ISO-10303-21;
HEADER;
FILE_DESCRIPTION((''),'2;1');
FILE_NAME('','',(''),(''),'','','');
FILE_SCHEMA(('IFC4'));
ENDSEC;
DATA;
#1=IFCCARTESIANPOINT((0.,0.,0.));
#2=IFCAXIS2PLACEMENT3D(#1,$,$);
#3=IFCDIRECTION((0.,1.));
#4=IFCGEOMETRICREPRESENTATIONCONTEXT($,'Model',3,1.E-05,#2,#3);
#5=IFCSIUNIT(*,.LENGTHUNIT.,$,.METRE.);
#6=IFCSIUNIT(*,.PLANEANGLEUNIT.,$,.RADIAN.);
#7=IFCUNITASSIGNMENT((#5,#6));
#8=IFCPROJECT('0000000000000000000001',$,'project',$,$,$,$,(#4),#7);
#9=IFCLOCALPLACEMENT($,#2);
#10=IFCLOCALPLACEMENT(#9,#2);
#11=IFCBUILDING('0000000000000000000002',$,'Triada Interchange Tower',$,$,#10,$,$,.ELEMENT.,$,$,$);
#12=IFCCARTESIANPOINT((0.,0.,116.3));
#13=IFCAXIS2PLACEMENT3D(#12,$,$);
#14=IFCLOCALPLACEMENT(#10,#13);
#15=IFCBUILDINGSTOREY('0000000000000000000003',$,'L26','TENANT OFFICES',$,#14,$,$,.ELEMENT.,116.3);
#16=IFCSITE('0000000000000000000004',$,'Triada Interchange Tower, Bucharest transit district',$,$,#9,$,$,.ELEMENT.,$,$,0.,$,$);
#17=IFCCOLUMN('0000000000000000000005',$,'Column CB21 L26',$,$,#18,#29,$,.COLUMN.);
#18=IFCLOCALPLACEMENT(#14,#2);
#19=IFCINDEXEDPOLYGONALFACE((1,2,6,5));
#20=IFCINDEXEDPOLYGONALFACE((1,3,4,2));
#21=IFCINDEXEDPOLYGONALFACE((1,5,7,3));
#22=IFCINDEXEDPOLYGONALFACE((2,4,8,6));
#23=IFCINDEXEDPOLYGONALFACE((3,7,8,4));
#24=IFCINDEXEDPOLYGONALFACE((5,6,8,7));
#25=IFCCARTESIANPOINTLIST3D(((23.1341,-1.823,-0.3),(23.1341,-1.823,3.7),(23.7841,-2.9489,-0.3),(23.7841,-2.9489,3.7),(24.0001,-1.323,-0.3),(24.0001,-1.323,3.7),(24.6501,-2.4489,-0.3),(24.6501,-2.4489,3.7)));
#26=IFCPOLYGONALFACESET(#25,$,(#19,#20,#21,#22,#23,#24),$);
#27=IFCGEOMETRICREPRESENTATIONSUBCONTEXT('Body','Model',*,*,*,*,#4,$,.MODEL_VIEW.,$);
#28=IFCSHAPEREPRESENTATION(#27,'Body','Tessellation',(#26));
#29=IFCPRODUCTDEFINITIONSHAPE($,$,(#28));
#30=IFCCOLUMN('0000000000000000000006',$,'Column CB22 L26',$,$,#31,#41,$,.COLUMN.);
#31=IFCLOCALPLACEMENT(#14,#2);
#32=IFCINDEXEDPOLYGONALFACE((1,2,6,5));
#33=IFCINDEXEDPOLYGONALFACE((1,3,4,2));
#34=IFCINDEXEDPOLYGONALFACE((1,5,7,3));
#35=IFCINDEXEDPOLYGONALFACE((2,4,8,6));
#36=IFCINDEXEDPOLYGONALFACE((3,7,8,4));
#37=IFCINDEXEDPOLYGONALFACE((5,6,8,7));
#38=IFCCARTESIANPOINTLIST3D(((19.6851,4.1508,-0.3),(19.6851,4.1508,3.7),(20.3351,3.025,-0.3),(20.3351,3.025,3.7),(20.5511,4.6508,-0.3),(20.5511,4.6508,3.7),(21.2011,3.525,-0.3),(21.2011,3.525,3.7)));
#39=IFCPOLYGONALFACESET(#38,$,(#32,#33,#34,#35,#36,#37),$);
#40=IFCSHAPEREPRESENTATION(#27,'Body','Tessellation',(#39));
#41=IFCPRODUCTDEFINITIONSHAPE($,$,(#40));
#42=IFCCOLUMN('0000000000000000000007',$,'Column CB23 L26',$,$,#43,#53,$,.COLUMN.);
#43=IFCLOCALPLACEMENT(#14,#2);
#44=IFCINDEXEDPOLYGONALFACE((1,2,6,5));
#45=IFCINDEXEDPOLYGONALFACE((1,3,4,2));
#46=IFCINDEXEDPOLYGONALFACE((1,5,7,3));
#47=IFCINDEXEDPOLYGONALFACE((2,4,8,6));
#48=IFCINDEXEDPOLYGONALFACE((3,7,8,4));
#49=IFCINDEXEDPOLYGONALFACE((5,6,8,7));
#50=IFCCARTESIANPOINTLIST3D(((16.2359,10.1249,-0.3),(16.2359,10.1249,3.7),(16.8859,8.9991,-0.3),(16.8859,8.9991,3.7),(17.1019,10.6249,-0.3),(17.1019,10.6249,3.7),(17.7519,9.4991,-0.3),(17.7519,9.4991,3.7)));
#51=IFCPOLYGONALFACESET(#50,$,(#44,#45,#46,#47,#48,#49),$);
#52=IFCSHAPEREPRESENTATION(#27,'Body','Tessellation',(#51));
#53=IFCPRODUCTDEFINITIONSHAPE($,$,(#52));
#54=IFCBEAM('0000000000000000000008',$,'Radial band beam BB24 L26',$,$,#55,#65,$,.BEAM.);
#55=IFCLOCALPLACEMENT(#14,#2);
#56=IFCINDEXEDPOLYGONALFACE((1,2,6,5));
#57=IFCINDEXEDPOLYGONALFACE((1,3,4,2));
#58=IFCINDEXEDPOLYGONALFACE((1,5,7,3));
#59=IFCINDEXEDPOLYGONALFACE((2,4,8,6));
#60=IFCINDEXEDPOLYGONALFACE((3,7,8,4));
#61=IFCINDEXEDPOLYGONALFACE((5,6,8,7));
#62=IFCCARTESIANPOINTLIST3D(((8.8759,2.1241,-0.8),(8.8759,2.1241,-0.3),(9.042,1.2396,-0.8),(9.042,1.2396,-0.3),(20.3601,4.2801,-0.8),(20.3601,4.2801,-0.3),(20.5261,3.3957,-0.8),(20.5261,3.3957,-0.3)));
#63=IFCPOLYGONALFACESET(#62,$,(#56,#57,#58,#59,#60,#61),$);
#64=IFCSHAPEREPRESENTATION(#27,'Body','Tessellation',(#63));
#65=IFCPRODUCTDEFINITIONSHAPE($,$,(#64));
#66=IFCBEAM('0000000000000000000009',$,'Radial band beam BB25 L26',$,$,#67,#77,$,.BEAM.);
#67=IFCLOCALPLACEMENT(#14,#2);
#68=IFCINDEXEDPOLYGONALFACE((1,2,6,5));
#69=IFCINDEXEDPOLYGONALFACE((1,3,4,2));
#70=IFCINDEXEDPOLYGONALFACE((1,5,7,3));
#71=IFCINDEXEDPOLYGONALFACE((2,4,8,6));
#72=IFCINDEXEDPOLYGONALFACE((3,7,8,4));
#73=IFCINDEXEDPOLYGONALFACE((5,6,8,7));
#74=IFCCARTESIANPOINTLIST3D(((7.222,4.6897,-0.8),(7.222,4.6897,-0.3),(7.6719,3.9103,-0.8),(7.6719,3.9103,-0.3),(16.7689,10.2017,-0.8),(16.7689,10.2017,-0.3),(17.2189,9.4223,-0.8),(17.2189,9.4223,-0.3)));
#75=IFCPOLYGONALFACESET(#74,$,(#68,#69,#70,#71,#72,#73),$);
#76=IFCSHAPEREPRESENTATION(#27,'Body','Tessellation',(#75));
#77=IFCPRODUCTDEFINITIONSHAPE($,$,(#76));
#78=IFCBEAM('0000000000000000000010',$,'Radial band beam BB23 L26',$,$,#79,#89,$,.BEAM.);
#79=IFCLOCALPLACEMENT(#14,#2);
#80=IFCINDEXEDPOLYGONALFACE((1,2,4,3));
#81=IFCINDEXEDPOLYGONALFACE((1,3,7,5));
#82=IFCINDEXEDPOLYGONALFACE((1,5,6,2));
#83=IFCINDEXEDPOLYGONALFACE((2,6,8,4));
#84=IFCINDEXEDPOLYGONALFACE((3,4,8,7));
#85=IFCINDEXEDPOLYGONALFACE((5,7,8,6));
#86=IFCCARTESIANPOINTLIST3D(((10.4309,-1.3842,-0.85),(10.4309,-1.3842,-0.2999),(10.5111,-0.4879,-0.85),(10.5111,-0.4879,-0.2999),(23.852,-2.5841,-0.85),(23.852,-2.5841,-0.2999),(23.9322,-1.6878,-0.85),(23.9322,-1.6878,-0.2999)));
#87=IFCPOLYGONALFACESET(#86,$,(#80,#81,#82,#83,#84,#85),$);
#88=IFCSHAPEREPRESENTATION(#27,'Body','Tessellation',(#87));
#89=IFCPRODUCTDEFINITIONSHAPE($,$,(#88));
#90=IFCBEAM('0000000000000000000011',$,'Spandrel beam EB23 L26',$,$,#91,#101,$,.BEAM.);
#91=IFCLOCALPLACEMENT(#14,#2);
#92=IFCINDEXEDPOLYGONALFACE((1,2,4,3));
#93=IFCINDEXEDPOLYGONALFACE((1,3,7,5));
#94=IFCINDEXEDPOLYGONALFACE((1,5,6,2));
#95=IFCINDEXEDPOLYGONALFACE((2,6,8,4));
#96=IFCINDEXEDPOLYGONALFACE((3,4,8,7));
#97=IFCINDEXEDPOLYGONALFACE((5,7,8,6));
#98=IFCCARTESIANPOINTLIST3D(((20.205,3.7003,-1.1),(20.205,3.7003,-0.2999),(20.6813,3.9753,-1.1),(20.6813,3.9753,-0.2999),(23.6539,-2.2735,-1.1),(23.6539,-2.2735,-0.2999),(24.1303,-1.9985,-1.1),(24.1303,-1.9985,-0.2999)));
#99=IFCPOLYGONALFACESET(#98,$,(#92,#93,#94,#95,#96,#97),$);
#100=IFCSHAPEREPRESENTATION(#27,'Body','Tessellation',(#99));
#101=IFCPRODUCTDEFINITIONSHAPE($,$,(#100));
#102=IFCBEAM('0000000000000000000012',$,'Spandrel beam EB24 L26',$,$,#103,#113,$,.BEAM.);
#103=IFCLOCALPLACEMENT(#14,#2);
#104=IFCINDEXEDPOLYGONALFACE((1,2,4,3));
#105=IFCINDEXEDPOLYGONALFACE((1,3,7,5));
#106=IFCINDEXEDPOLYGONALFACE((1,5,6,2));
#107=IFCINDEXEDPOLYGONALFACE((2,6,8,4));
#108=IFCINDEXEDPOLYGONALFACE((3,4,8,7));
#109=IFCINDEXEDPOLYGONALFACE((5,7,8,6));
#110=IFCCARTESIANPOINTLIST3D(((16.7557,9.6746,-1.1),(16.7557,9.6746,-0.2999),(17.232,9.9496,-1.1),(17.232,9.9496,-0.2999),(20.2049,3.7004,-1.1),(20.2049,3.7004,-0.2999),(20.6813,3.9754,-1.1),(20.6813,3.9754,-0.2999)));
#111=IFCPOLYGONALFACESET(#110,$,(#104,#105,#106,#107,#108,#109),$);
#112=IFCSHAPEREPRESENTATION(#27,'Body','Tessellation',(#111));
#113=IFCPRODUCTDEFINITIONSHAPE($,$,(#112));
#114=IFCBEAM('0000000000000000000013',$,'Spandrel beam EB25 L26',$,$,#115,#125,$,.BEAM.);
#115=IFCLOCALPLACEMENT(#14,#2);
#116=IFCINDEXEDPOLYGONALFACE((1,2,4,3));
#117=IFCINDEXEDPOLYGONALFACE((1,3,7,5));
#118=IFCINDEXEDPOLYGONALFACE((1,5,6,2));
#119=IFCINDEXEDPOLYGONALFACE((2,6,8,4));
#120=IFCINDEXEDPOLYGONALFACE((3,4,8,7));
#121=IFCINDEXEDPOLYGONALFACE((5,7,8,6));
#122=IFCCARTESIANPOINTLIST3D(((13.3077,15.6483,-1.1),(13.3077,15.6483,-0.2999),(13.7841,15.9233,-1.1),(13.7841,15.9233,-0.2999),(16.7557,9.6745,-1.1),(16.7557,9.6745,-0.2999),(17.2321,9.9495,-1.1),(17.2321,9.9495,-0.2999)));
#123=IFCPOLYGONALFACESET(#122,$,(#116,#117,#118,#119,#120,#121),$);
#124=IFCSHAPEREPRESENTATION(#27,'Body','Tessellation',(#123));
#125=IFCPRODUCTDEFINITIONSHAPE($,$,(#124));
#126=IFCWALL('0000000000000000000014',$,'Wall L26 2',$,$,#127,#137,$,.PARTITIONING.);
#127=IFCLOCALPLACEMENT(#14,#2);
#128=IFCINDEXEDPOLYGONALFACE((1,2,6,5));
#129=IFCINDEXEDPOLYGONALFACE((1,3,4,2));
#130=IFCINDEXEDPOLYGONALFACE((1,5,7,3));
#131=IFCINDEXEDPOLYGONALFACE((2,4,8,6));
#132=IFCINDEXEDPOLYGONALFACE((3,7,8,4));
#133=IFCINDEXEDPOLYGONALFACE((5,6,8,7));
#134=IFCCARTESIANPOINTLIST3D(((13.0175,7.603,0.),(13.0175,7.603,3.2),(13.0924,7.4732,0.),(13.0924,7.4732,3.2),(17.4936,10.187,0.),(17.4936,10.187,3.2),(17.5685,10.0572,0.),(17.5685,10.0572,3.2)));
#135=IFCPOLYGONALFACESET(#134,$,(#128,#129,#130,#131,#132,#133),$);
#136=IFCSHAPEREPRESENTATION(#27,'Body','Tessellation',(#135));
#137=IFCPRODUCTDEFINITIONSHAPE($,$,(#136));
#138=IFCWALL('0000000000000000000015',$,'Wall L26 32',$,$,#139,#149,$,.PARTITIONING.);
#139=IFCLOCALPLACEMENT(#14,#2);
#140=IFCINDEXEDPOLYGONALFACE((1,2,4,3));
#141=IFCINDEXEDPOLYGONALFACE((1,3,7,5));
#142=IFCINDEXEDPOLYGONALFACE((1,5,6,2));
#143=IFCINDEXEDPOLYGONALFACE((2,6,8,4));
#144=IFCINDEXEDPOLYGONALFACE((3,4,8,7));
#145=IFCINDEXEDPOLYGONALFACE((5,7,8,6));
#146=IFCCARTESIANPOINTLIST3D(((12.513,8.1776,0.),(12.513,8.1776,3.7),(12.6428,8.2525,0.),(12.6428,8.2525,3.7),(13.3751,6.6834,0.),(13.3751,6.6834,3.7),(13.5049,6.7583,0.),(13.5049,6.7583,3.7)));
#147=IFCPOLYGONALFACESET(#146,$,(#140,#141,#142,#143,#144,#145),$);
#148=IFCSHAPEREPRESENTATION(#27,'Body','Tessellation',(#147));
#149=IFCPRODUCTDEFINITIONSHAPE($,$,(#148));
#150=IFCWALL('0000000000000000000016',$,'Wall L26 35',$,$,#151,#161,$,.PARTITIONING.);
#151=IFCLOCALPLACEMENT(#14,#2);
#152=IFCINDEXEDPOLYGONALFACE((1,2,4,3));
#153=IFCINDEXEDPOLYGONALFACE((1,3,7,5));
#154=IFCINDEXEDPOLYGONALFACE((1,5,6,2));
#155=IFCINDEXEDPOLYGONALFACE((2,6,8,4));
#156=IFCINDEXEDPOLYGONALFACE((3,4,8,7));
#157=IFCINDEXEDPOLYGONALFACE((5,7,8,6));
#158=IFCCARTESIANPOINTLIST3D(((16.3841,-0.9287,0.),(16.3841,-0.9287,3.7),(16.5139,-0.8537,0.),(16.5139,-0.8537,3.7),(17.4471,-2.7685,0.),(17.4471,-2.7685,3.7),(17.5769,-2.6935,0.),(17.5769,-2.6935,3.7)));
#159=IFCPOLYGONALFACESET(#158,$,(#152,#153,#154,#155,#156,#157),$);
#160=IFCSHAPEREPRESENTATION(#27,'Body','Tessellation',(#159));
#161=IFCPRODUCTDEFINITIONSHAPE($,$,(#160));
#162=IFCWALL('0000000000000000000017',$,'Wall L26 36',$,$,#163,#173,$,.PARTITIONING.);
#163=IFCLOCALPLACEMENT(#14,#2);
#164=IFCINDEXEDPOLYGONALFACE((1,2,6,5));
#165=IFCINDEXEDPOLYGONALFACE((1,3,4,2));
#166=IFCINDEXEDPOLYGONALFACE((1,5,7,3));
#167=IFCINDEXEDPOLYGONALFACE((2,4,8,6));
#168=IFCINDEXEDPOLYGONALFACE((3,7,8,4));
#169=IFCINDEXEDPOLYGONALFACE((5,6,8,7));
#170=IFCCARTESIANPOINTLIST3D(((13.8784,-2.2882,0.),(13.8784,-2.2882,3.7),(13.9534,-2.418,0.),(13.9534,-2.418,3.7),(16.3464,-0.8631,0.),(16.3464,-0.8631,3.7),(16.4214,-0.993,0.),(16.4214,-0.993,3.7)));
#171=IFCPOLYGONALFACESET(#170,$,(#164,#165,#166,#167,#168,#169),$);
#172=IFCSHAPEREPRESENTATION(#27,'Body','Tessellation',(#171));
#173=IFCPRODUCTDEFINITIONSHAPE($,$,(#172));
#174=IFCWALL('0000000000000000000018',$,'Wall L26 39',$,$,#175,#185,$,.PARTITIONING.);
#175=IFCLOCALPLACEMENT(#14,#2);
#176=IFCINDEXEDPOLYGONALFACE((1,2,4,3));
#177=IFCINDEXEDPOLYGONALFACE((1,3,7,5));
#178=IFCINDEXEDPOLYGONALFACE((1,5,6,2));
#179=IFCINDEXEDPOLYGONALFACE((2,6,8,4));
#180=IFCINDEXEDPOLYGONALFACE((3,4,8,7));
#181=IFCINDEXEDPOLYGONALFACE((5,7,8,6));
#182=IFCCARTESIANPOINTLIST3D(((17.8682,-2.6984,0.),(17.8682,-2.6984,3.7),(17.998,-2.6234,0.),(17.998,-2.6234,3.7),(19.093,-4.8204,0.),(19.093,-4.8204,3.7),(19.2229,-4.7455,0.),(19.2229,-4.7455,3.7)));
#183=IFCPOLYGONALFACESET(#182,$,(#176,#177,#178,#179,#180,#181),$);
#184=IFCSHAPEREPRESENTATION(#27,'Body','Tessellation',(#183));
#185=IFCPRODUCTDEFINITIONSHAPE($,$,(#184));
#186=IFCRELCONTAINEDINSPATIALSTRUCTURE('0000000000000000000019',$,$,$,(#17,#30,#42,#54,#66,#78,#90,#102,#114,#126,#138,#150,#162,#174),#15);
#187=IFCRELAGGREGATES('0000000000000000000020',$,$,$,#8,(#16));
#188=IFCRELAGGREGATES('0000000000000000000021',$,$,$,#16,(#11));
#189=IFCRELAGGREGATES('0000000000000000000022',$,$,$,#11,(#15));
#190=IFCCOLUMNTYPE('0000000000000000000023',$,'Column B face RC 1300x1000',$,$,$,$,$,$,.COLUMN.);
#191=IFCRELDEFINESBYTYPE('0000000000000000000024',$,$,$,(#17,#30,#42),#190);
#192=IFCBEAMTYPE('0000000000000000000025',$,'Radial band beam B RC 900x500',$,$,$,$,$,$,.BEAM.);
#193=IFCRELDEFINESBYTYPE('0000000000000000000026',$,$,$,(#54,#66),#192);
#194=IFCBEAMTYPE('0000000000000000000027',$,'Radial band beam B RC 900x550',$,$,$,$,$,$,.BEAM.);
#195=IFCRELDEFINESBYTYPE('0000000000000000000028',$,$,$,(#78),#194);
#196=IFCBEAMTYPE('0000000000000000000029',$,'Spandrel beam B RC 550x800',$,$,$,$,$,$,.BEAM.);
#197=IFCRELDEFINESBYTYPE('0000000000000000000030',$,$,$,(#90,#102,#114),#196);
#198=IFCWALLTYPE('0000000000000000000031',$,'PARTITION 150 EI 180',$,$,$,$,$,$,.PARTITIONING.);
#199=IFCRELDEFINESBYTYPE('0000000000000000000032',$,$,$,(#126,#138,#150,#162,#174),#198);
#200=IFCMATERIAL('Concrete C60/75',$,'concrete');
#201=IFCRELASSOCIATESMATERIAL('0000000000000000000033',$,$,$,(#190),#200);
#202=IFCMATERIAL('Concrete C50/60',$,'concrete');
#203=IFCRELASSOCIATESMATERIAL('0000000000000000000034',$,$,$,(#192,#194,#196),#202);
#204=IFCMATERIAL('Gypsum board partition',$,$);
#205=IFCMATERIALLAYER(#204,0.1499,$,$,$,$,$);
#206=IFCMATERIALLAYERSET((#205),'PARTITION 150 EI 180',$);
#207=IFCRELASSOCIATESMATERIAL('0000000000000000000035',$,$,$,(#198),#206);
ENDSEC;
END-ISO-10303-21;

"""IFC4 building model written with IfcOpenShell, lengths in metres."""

from ifc_helpers import new_model, si_unit, direction, frame, frame_2d, origin, origin_2d, place, context, subcontext, project, spatial, rectangle, extrude, material, layer, layer_set, material_profile, profile_set, type_object, element, save


model = new_model("IFC4")

# Units and contexts
model_context = context("Model", 3, precision=1e-05, world=origin(), true_north=direction((0.0, 1.0)))
body_context = subcontext(model_context, "Body", "Model", "MODEL_VIEW")
ifc_project = project(units=[si_unit("LENGTHUNIT", "METRE"), si_unit("PLANEANGLEUNIT", "RADIAN")], contexts=[model_context])

# Site, building, storey
site_placement = place(None, origin())
site = spatial("IfcSite", under=ifc_project, at=site_placement, Name="Triada Interchange Tower, Bucharest transit district", CompositionType="ELEMENT", RefElevation=0.0)
building_placement = place(site_placement, origin())
building = spatial("IfcBuilding", under=site, at=building_placement, Name="Triada Interchange Tower", CompositionType="ELEMENT")
storey_placement = place(building_placement, frame((0.0, 0.0, 116.3)))
storey = spatial("IfcBuildingStorey", under=building, at=storey_placement, Name="L26", Description="TENANT OFFICES", CompositionType="ELEMENT", Elevation=116.3)

# Columns
ifc_material_1 = material(Name="Concrete C60/75", Category="concrete")
ifc_material_profile_1 = material_profile(ifc_material_1, rectangle(XDim=1.3, YDim=1.0, at=origin_2d()), Name="RC 1300x1000")
ifc_profile_set_1 = profile_set([ifc_material_profile_1], Name="Concrete C60/75")
column_type = type_object("IfcColumnType", Name="Column B face RC 1300x1000", PredefinedType="COLUMN", material=ifc_profile_set_1)
for number, where, z_axis, x_axis, name in (
    (1, (23.8921, -2.136, -0.3), (0.0, 0.0, 1.0), (-0.5, 0.866025, 0.0), "Column CB21 L26"),
    (2, (20.4431, 3.8379, -0.3), (0.0, 0.0, 1.0), (-0.5, 0.866025, 0.0), "Column CB22 L26"),
    (3, (16.9939, 9.812, -0.3), (0.0, 0.0, 1.0), (-0.5, 0.866025, 0.0), "Column CB23 L26"),
):
    element("IfcColumn", number, at=place(storey_placement, frame(where, z_axis=z_axis, x_axis=x_axis)), inside=storey, type_object=column_type, Name=name, PredefinedType="COLUMN", context=body_context, shape_type="SweptSolid", body=[
        extrude(rectangle(XDim=1.3, YDim=1.0, at=origin_2d()), origin(), (0.0, 0.0, 1.0), 4.0),
    ])

# Beams
ifc_material_2 = material(Name="Concrete C50/60", Category="concrete")
ifc_material_profile_2 = material_profile(ifc_material_2, rectangle(XDim=0.8999, YDim=0.5, at=origin_2d()), Name="RC 900x500")
ifc_profile_set_2 = profile_set([ifc_material_profile_2], Name="Concrete C50/60")
beam_type_1 = type_object("IfcBeamType", Name="Radial band beam B RC 900x500", PredefinedType="BEAM", material=ifc_profile_set_2)
beam_1_placement = place(storey_placement, frame((20.4431, 3.8379, -0.55), z_axis=(-0.98283, -0.184514, 0.0), x_axis=(0.184514, -0.98283, 0.0)))
element("IfcBeam", 4, at=beam_1_placement, inside=storey, type_object=beam_type_1, Name="Radial band beam BB24 L26", PredefinedType="BEAM", context=body_context, shape_type="SweptSolid", body=[
    extrude(rectangle(XDim=0.8999, YDim=0.5, at=origin_2d()), origin(), (0.0, 0.0, 1.0), 11.6848),
])
beam_2_placement = place(storey_placement, frame((16.9939, 9.812, -0.55), z_axis=(-0.866023, -0.500005, 0.0), x_axis=(0.500005, -0.866023, 0.0)))
element("IfcBeam", 5, at=beam_2_placement, inside=storey, type_object=beam_type_1, Name="Radial band beam BB25 L26", PredefinedType="BEAM", context=body_context, shape_type="SweptSolid", body=[
    extrude(rectangle(XDim=0.8999, YDim=0.5, at=origin_2d()), origin(), (0.0, 0.0, 1.0), 11.0239),
])
ifc_material_profile_3 = material_profile(ifc_material_2, rectangle(XDim=0.8999, YDim=0.55, at=origin_2d()), Name="RC 900x550")
ifc_profile_set_3 = profile_set([ifc_material_profile_3], Name="Concrete C50/60")
beam_type_2 = type_object("IfcBeamType", Name="Radial band beam B RC 900x550", PredefinedType="BEAM", material=ifc_profile_set_3)
beam_3_placement = place(storey_placement, frame((23.8921, -2.136, -0.575), z_axis=(-0.996027, 0.089052, 0.0), x_axis=(-0.089052, -0.996027, 0.0)))
element("IfcBeam", 6, at=beam_3_placement, inside=storey, type_object=beam_type_2, Name="Radial band beam BB23 L26", PredefinedType="BEAM", context=body_context, shape_type="SweptSolid", body=[
    extrude(rectangle(XDim=0.8999, YDim=0.55, at=origin_2d()), origin(), (0.0, 0.0, 1.0), 13.4746),
])
ifc_material_profile_4 = material_profile(ifc_material_2, rectangle(XDim=0.55, YDim=0.8, at=origin_2d()), Name="RC 550x800")
ifc_profile_set_4 = profile_set([ifc_material_profile_4], Name="Concrete C50/60")
beam_type_3 = type_object("IfcBeamType", Name="Spandrel beam B RC 550x800", PredefinedType="BEAM", material=ifc_profile_set_4)
beam_4_placement = place(storey_placement, frame((23.8921, -2.136, -0.7), z_axis=(-0.499995, 0.866028, 0.0), x_axis=(-0.866028, -0.499995, 0.0)))
element("IfcBeam", 7, at=beam_4_placement, inside=storey, type_object=beam_type_3, Name="Spandrel beam EB23 L26", PredefinedType="BEAM", context=body_context, shape_type="SweptSolid", body=[
    extrude(rectangle(XDim=0.55, YDim=0.8, at=origin_2d()), origin(), (0.0, 0.0, 1.0), 6.8979),
])
beam_5_placement = place(storey_placement, frame((20.4431, 3.8379, -0.7), z_axis=(-0.500006, 0.866022, 0.0), x_axis=(-0.866022, -0.500006, 0.0)))
element("IfcBeam", 8, at=beam_5_placement, inside=storey, type_object=beam_type_3, Name="Spandrel beam EB24 L26", PredefinedType="BEAM", context=body_context, shape_type="SweptSolid", body=[
    extrude(rectangle(XDim=0.55, YDim=0.8, at=origin_2d()), origin(), (0.0, 0.0, 1.0), 6.8984),
])
beam_6_placement = place(storey_placement, frame((16.9939, 9.812, -0.7), z_axis=(-0.499889, 0.86609, 0.0), x_axis=(-0.86609, -0.499889, 0.0)))
element("IfcBeam", 9, at=beam_6_placement, inside=storey, type_object=beam_type_3, Name="Spandrel beam EB25 L26", PredefinedType="BEAM", context=body_context, shape_type="SweptSolid", body=[
    extrude(rectangle(XDim=0.55, YDim=0.8, at=origin_2d()), origin(), (0.0, 0.0, 1.0), 6.8975),
])

# Walls
ifc_material_3 = material(Name="Gypsum board partition")
ifc_layer_1 = layer(ifc_material_3, 0.1499)
ifc_layer_set_1 = layer_set([ifc_layer_1], Name="PARTITION 150 EI 180")
wall_type = type_object("IfcWallType", Name="PARTITION 150 EI 180", PredefinedType="PARTITIONING", material=ifc_layer_set_1)
wall_1_placement = place(storey_placement, frame((13.0549, 7.5381, 0.0), z_axis=(0.0, 0.0, 1.0), x_axis=(0.866049, 0.49996, 0.0)))
element("IfcWall", 10, at=wall_1_placement, inside=storey, type_object=wall_type, Name="Wall L26 2", PredefinedType="PARTITIONING", context=body_context, shape_type="SweptSolid", body=[
    extrude(rectangle(XDim=5.1685, YDim=0.1499, at=frame_2d((2.5842, 0.0))), origin(), (0.0, 0.0, 1.0), 3.2),
])
wall_2_placement = place(storey_placement, frame((12.5779, 8.2151, 0.0), z_axis=(0.0, 0.0, 1.0), x_axis=(0.499747, -0.866171, 0.0)))
element("IfcWall", 11, at=wall_2_placement, inside=storey, type_object=wall_type, Name="Wall L26 32", PredefinedType="PARTITIONING", context=body_context, shape_type="SweptSolid", body=[
    extrude(rectangle(XDim=1.7251, YDim=0.1499, at=frame_2d((0.8625, 0.0))), origin(), (0.0, 0.0, 1.0), 3.7),
])
wall_3_placement = place(storey_placement, frame((16.449, -0.8911, 0.0), z_axis=(0.0, 0.0, 1.0), x_axis=(0.500266, -0.865872, 0.0)))
element("IfcWall", 12, at=wall_3_placement, inside=storey, type_object=wall_type, Name="Wall L26 35", PredefinedType="PARTITIONING", context=body_context, shape_type="SweptSolid", body=[
    extrude(rectangle(XDim=2.1248, YDim=0.1499, at=frame_2d((1.0625, 0.0))), origin(), (0.0, 0.0, 1.0), 3.7),
])
wall_4_placement = place(storey_placement, frame((13.916, -2.353, 0.0), z_axis=(0.0, 0.0, 1.0), x_axis=(0.866004, 0.500036, 0.0)))
element("IfcWall", 13, at=wall_4_placement, inside=storey, type_object=wall_type, Name="Wall L26 36", PredefinedType="PARTITIONING", context=body_context, shape_type="SweptSolid", body=[
    extrude(rectangle(XDim=2.8499, YDim=0.1499, at=frame_2d((1.4248, 0.0))), origin(), (0.0, 0.0, 1.0), 3.7),
])
wall_5_placement = place(storey_placement, frame((17.9331, -2.6609, 0.0), z_axis=(0.0, 0.0, 1.0), x_axis=(0.499901, -0.866083, 0.0)))
element("IfcWall", 14, at=wall_5_placement, inside=storey, type_object=wall_type, Name="Wall L26 39", PredefinedType="PARTITIONING", context=body_context, shape_type="SweptSolid", body=[
    extrude(rectangle(XDim=2.4502, YDim=0.1499, at=frame_2d((1.2251, 0.0))), origin(), (0.0, 0.0, 1.0), 3.7),
])

save(model, "model.ifc")
